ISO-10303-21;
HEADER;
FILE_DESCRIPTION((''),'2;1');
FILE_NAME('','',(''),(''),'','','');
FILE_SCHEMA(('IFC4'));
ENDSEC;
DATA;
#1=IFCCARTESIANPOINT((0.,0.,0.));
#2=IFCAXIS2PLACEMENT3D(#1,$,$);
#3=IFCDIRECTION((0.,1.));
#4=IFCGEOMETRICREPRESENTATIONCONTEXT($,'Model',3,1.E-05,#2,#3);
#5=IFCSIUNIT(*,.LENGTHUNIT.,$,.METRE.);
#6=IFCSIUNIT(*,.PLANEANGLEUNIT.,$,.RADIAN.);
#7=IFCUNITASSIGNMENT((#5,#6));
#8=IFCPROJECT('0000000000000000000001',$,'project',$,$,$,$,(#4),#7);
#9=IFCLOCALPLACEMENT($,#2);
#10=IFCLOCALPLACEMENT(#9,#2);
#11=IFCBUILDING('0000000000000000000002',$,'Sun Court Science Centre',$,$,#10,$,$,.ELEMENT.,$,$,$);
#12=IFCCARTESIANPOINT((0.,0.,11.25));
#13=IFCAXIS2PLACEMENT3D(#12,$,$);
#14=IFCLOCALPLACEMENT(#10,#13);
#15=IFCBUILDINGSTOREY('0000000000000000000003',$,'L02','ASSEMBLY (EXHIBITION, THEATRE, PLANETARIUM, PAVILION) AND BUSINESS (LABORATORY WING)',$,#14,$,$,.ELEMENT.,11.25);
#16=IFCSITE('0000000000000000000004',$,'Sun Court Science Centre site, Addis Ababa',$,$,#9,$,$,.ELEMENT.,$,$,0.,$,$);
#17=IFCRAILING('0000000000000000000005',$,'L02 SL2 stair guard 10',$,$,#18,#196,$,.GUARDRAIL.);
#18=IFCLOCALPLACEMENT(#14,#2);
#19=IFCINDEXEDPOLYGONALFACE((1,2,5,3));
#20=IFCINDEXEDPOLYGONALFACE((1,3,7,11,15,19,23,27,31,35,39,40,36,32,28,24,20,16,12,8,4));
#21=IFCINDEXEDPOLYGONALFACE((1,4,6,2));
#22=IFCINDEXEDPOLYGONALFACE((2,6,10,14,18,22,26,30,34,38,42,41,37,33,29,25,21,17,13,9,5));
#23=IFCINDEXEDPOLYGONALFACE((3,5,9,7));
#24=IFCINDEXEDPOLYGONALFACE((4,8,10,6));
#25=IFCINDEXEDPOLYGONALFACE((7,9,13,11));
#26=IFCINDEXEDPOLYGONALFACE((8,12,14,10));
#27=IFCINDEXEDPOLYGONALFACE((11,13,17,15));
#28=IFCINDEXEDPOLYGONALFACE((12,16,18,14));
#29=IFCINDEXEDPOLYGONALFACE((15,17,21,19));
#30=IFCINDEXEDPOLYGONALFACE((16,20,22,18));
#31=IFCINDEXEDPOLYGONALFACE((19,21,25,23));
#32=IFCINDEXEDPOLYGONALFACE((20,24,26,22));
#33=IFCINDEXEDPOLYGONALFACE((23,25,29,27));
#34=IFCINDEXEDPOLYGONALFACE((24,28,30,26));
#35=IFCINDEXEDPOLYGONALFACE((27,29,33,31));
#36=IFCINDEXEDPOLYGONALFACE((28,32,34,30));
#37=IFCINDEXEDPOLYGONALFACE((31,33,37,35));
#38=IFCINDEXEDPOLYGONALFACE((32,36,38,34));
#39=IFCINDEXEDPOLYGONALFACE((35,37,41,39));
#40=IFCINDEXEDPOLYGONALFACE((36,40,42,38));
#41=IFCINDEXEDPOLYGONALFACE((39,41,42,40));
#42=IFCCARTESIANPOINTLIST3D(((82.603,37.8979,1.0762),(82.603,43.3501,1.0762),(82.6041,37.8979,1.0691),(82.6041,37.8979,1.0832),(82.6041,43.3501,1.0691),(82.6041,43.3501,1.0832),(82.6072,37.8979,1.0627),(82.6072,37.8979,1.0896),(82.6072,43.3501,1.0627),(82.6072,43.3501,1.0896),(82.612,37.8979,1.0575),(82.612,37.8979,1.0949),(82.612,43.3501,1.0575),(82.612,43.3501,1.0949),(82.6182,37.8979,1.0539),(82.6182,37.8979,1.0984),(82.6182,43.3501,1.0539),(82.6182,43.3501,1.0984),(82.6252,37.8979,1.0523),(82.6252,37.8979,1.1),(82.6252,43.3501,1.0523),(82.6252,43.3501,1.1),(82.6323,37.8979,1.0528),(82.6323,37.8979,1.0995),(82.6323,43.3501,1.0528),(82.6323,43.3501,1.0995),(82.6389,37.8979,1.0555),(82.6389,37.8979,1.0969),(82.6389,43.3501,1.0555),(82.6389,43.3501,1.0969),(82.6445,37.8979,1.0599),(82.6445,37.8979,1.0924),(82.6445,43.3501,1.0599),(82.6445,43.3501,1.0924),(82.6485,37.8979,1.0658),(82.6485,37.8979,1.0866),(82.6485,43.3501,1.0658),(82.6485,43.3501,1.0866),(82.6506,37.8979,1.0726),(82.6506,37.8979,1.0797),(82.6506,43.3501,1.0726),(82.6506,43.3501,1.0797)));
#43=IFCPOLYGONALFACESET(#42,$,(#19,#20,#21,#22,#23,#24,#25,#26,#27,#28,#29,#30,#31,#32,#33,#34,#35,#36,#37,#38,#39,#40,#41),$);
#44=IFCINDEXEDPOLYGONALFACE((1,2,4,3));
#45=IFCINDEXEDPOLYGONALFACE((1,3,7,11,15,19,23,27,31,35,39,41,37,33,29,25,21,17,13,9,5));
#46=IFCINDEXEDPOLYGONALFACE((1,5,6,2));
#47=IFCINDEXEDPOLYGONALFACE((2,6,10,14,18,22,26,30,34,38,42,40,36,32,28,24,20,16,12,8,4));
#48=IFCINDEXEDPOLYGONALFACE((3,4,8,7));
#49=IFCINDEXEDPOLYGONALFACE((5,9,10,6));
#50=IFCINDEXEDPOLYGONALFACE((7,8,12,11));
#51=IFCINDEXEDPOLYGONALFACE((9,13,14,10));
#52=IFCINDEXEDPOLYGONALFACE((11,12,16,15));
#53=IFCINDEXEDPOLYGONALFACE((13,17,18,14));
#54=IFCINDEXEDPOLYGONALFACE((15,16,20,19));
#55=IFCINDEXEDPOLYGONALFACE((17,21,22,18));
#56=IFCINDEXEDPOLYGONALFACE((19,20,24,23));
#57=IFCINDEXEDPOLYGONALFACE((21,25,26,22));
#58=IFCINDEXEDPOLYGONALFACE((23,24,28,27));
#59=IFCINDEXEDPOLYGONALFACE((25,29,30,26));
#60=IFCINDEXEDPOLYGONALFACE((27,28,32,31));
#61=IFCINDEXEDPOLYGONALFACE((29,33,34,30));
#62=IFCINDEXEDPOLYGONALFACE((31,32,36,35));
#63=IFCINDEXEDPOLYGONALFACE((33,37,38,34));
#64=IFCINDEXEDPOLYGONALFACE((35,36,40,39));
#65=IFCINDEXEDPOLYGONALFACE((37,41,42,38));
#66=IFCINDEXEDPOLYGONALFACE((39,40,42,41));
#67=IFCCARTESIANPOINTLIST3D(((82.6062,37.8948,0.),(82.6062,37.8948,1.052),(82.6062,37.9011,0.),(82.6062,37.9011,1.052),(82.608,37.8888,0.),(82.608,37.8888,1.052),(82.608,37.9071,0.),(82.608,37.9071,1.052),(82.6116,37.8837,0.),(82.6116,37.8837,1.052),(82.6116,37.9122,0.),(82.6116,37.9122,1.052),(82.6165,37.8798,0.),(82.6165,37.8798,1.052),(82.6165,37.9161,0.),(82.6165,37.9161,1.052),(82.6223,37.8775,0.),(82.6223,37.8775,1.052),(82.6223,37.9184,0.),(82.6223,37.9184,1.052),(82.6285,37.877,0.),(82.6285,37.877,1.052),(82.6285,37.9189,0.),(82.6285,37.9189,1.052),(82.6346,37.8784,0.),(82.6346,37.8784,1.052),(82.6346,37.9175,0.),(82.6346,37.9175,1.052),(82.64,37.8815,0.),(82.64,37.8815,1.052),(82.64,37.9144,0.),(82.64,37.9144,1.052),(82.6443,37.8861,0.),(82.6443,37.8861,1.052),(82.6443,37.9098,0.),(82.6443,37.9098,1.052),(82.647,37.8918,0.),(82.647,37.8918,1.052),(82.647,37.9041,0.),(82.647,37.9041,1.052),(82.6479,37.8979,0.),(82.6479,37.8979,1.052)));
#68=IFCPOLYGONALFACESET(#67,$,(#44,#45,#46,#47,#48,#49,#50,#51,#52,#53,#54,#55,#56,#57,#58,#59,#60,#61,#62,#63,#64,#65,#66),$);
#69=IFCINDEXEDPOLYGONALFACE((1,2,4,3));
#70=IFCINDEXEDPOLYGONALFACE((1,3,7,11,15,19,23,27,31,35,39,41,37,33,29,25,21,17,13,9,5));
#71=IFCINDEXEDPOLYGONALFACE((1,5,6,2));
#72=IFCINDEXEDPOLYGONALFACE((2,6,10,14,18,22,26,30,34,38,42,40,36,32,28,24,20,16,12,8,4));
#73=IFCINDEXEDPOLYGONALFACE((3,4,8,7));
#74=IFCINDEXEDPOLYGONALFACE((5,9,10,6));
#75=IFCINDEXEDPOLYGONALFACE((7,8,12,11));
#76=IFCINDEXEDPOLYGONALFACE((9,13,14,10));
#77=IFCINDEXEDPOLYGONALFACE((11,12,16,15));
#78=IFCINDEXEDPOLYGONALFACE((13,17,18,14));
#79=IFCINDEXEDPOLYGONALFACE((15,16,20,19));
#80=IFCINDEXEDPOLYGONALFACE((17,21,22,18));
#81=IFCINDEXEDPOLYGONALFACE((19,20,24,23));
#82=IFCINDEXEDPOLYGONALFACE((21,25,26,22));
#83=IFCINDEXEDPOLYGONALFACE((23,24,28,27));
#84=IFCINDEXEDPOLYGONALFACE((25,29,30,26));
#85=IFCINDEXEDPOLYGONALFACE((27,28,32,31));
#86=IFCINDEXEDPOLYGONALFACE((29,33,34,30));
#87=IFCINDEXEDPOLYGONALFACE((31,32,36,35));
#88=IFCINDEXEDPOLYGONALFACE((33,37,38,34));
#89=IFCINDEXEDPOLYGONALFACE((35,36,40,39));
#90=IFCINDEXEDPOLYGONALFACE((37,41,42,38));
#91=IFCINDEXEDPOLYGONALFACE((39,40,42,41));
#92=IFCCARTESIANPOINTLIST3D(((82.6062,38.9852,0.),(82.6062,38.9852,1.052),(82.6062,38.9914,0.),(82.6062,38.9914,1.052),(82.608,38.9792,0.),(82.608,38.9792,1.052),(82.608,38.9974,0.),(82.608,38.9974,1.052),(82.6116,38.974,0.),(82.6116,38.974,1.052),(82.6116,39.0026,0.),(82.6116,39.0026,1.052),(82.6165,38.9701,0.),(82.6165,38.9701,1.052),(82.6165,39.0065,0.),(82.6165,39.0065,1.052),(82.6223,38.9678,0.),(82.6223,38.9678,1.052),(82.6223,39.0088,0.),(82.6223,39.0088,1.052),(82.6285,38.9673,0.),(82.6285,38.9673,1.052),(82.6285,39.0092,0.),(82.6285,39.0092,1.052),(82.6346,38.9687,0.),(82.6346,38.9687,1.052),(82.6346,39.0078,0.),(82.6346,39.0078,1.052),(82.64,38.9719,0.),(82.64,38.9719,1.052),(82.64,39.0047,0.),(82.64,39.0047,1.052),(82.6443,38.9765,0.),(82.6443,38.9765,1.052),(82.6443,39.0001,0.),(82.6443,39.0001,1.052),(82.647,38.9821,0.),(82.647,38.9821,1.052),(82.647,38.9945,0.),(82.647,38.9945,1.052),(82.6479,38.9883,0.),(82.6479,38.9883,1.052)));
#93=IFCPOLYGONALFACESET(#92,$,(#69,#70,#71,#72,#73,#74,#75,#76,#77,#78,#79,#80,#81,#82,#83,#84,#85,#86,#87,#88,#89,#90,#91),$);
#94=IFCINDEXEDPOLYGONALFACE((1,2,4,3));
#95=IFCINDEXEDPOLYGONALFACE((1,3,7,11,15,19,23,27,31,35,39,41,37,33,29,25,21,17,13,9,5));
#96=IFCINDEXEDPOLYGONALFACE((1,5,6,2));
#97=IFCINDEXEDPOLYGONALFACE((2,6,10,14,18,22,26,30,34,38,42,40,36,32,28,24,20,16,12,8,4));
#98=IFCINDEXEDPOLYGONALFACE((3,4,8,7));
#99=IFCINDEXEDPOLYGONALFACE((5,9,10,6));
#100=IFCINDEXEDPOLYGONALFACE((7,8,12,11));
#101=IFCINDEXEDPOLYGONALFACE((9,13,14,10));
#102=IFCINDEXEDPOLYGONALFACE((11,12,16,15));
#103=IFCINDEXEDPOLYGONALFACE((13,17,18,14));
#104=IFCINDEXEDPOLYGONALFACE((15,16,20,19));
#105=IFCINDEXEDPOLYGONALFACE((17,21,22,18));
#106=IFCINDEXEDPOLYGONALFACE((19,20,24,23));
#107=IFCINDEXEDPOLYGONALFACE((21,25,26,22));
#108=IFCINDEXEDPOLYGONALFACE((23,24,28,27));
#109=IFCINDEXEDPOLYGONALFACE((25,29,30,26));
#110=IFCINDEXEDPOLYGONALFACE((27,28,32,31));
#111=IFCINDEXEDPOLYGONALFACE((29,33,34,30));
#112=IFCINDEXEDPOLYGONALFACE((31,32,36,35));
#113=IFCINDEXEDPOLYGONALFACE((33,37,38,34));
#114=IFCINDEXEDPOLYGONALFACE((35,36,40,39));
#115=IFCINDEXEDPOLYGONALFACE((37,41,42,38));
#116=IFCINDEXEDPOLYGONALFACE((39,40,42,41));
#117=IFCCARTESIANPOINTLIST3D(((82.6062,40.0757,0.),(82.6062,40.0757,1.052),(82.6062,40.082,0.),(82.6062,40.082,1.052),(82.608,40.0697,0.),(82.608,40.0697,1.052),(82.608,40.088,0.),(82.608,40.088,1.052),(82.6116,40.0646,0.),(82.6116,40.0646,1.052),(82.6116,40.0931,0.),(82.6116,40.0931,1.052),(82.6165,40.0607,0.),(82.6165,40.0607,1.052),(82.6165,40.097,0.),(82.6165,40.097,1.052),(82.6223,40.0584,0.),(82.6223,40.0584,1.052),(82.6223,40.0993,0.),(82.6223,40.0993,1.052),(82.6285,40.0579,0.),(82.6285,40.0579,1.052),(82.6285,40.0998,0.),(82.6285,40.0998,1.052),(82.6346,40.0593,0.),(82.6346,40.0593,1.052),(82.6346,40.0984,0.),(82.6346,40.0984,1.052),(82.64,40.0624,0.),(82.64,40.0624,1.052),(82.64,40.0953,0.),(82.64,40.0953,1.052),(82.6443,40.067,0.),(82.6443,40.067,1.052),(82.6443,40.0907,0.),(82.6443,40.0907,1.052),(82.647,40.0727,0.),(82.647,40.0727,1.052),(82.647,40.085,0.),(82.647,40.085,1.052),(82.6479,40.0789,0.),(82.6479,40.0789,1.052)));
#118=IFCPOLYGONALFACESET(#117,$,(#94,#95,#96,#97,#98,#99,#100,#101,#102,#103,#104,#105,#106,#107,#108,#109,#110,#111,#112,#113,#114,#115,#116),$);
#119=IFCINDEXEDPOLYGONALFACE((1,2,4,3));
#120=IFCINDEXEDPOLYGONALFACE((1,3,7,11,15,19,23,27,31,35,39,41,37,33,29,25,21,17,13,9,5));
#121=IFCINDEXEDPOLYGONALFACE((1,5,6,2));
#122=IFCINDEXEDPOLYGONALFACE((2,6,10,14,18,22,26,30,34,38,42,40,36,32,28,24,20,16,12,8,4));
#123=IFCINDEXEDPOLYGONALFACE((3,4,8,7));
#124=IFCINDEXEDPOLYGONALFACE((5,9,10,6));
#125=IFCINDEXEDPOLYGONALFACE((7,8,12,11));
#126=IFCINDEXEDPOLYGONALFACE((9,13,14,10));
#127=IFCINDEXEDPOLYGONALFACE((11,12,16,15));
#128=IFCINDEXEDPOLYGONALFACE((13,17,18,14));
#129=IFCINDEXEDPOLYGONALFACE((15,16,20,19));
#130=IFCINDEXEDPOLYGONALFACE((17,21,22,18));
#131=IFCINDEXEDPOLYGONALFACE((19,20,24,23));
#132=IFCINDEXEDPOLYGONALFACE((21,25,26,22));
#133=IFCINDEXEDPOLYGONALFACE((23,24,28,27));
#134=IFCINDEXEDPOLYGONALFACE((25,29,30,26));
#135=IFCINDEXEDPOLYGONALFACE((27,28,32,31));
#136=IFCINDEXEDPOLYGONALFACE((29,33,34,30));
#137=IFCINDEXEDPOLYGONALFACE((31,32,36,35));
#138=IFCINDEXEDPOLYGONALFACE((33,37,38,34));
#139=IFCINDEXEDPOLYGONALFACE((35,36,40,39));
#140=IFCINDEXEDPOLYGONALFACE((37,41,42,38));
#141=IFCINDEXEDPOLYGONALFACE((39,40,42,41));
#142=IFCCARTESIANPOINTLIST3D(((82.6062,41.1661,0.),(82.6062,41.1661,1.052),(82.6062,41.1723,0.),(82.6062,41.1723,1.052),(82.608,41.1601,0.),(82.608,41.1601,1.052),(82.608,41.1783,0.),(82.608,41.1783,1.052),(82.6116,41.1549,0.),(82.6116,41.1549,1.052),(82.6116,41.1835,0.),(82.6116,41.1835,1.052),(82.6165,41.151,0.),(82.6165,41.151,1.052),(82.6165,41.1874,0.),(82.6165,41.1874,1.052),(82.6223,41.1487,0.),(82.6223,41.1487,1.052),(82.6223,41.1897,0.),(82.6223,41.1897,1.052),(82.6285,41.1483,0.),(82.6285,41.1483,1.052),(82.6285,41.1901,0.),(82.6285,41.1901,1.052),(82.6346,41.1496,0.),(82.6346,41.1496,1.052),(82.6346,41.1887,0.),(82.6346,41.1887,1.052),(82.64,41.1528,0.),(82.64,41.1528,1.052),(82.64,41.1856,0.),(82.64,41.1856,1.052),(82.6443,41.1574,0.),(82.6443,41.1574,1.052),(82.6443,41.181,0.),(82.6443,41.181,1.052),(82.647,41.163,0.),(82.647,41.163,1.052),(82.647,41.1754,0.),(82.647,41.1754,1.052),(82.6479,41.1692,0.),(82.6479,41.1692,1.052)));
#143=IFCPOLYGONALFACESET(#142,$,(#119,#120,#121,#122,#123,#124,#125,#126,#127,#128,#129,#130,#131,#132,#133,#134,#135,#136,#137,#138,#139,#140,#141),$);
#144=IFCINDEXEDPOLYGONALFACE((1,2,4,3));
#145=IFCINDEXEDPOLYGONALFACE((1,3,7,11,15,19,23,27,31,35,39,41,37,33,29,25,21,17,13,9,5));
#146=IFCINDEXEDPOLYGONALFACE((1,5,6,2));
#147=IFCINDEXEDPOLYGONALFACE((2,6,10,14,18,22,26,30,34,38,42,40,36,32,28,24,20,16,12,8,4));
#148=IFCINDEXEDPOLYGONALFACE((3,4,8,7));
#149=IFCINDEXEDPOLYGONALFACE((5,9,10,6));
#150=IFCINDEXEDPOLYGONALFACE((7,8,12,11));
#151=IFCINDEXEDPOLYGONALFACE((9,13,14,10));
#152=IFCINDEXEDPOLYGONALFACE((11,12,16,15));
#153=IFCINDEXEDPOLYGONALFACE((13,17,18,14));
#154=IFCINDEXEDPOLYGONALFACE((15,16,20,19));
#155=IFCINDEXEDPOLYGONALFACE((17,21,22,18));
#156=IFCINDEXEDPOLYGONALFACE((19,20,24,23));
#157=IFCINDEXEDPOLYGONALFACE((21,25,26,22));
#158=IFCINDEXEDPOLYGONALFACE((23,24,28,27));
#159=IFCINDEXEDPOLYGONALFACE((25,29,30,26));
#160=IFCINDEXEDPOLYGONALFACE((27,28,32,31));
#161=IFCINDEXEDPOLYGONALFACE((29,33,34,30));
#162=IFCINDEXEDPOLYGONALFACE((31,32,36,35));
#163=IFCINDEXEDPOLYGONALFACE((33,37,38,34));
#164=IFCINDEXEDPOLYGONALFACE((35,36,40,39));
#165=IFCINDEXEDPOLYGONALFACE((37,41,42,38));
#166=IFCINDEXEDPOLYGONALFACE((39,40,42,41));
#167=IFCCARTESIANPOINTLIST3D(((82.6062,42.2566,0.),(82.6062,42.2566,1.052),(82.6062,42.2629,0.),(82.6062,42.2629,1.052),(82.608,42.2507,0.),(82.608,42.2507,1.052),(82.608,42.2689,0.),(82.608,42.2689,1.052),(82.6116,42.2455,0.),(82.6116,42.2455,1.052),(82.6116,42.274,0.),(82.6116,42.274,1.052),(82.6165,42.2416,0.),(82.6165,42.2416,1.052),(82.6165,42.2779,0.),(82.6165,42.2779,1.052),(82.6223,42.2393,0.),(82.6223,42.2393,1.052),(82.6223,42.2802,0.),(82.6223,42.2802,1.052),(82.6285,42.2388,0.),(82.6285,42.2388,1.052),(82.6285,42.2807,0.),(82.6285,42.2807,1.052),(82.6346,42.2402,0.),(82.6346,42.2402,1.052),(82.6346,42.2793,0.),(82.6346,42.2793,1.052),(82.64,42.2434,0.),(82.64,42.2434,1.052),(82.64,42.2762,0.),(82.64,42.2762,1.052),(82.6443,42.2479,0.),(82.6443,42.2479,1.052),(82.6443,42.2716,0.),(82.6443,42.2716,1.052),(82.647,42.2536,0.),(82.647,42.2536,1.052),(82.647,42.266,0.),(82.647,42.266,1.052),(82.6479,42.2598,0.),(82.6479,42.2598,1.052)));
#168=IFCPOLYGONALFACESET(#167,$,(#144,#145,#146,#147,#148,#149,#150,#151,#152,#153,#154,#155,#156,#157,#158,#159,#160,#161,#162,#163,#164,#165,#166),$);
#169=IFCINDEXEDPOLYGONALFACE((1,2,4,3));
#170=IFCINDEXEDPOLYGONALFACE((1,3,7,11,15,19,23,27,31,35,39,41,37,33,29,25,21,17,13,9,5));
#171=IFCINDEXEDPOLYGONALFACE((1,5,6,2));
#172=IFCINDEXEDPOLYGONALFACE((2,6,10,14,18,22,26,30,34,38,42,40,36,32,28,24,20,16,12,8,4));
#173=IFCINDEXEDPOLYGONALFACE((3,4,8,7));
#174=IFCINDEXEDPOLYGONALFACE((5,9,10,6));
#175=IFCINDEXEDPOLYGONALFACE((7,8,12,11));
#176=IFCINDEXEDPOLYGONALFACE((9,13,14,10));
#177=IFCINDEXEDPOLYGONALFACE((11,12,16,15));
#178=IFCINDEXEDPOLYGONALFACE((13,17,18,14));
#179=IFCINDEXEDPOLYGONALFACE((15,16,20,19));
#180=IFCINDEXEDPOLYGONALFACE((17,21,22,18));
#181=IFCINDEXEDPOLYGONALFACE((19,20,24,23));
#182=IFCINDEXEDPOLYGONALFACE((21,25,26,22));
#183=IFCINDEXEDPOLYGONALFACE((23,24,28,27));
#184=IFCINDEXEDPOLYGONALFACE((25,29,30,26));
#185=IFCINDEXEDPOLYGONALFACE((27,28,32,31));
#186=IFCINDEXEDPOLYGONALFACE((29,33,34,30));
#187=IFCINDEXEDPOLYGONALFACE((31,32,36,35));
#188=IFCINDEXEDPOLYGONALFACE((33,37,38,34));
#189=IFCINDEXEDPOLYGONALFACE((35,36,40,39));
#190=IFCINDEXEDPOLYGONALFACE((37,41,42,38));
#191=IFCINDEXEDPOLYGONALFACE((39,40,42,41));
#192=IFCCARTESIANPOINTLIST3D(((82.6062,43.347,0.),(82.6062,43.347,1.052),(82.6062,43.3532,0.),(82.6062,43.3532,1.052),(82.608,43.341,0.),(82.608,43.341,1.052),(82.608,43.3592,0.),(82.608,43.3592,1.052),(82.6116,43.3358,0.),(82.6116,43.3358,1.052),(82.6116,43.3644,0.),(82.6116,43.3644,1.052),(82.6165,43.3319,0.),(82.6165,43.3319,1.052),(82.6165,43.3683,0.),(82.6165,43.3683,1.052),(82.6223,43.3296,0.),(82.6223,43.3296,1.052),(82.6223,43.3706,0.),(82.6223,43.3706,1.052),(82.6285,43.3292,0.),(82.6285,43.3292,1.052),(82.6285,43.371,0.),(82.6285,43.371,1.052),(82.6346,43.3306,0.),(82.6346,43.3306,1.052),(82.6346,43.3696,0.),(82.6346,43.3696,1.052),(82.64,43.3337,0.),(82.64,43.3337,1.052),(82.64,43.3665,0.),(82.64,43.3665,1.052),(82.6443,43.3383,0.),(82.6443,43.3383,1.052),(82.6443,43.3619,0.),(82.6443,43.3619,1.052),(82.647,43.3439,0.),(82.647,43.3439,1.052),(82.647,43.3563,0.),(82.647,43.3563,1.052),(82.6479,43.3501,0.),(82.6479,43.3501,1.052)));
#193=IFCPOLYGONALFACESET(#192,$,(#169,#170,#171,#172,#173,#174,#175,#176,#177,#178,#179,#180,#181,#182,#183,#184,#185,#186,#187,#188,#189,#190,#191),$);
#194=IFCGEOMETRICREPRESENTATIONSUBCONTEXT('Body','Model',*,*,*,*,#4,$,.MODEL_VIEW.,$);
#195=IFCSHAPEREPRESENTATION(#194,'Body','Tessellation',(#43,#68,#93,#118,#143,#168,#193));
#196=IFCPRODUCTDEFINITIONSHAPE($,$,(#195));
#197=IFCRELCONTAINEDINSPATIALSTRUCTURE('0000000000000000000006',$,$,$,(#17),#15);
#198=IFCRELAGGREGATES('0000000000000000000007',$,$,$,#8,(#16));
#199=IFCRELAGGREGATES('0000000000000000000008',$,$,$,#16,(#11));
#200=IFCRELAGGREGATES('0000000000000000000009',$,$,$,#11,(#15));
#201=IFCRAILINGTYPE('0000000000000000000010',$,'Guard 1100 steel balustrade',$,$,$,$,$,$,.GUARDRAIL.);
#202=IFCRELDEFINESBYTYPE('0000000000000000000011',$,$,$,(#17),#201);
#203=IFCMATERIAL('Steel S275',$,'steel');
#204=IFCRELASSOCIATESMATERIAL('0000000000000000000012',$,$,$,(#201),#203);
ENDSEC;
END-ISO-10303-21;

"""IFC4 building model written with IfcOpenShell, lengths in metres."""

from ifc_helpers import new_model, si_unit, direction, frame, origin, origin_2d, place, context, subcontext, project, spatial, circle, extrude, material, type_object, element, save


model = new_model("IFC4")

# Units and contexts
model_context = context("Model", 3, precision=1e-05, world=origin(), true_north=direction((0.0, 1.0)))
body_context = subcontext(model_context, "Body", "Model", "MODEL_VIEW")
ifc_project = project(units=[si_unit("LENGTHUNIT", "METRE"), si_unit("PLANEANGLEUNIT", "RADIAN")], contexts=[model_context])

# Site, building, storey
site_placement = place(None, origin())
site = spatial("IfcSite", under=ifc_project, at=site_placement, Name="Sun Court Science Centre site, Addis Ababa", CompositionType="ELEMENT", RefElevation=0.0)
building_placement = place(site_placement, origin())
building = spatial("IfcBuilding", under=site, at=building_placement, Name="Sun Court Science Centre", CompositionType="ELEMENT")
storey_placement = place(building_placement, frame((0.0, 0.0, 11.25)))
storey = spatial("IfcBuildingStorey", under=building, at=storey_placement, Name="L02", Description="ASSEMBLY (EXHIBITION, THEATRE, PLANETARIUM, PAVILION) AND BUSINESS (LABORATORY WING)", CompositionType="ELEMENT", Elevation=11.25)

# Railing
ifc_material_1 = material(Name="Steel S275", Category="steel")
railing_type_1 = type_object("IfcRailingType", Name="Guard 1100 steel balustrade", PredefinedType="GUARDRAIL", material=ifc_material_1)
railing_1_placement = place(storey_placement, frame((82.627, 37.8979, 0.0)))
element("IfcRailing", 1, at=railing_1_placement, inside=storey, type_object=railing_type_1, Name="L02 SL2 stair guard 10", PredefinedType="GUARDRAIL", context=body_context, shape_type="SweptSolid", body=[
    extrude(circle(Radius=0.0239, at=origin_2d()), frame((0.0, 0.0, 1.0762), z_axis=(0.0, 1.0, 0.0), x_axis=(-1.0, 0.0, 0.0)), (0.0, 0.0, 1.0), 5.4521),
    extrude(circle(Radius=0.021, at=origin_2d()), origin(), (0.0, 0.0, 1.0), 1.052),
    extrude(circle(Radius=0.021, at=origin_2d()), frame((0.0, 1.0903, 0.0)), (0.0, 0.0, 1.0), 1.052),
    extrude(circle(Radius=0.021, at=origin_2d()), frame((0.0, 2.1809, 0.0)), (0.0, 0.0, 1.0), 1.052),
    extrude(circle(Radius=0.021, at=origin_2d()), frame((0.0, 3.2712, 0.0)), (0.0, 0.0, 1.0), 1.052),
    extrude(circle(Radius=0.021, at=origin_2d()), frame((0.0, 4.3618, 0.0)), (0.0, 0.0, 1.0), 1.052),
    extrude(circle(Radius=0.021, at=origin_2d()), frame((0.0, 5.4521, 0.0)), (0.0, 0.0, 1.0), 1.052),
])

save(model, "model.ifc")
